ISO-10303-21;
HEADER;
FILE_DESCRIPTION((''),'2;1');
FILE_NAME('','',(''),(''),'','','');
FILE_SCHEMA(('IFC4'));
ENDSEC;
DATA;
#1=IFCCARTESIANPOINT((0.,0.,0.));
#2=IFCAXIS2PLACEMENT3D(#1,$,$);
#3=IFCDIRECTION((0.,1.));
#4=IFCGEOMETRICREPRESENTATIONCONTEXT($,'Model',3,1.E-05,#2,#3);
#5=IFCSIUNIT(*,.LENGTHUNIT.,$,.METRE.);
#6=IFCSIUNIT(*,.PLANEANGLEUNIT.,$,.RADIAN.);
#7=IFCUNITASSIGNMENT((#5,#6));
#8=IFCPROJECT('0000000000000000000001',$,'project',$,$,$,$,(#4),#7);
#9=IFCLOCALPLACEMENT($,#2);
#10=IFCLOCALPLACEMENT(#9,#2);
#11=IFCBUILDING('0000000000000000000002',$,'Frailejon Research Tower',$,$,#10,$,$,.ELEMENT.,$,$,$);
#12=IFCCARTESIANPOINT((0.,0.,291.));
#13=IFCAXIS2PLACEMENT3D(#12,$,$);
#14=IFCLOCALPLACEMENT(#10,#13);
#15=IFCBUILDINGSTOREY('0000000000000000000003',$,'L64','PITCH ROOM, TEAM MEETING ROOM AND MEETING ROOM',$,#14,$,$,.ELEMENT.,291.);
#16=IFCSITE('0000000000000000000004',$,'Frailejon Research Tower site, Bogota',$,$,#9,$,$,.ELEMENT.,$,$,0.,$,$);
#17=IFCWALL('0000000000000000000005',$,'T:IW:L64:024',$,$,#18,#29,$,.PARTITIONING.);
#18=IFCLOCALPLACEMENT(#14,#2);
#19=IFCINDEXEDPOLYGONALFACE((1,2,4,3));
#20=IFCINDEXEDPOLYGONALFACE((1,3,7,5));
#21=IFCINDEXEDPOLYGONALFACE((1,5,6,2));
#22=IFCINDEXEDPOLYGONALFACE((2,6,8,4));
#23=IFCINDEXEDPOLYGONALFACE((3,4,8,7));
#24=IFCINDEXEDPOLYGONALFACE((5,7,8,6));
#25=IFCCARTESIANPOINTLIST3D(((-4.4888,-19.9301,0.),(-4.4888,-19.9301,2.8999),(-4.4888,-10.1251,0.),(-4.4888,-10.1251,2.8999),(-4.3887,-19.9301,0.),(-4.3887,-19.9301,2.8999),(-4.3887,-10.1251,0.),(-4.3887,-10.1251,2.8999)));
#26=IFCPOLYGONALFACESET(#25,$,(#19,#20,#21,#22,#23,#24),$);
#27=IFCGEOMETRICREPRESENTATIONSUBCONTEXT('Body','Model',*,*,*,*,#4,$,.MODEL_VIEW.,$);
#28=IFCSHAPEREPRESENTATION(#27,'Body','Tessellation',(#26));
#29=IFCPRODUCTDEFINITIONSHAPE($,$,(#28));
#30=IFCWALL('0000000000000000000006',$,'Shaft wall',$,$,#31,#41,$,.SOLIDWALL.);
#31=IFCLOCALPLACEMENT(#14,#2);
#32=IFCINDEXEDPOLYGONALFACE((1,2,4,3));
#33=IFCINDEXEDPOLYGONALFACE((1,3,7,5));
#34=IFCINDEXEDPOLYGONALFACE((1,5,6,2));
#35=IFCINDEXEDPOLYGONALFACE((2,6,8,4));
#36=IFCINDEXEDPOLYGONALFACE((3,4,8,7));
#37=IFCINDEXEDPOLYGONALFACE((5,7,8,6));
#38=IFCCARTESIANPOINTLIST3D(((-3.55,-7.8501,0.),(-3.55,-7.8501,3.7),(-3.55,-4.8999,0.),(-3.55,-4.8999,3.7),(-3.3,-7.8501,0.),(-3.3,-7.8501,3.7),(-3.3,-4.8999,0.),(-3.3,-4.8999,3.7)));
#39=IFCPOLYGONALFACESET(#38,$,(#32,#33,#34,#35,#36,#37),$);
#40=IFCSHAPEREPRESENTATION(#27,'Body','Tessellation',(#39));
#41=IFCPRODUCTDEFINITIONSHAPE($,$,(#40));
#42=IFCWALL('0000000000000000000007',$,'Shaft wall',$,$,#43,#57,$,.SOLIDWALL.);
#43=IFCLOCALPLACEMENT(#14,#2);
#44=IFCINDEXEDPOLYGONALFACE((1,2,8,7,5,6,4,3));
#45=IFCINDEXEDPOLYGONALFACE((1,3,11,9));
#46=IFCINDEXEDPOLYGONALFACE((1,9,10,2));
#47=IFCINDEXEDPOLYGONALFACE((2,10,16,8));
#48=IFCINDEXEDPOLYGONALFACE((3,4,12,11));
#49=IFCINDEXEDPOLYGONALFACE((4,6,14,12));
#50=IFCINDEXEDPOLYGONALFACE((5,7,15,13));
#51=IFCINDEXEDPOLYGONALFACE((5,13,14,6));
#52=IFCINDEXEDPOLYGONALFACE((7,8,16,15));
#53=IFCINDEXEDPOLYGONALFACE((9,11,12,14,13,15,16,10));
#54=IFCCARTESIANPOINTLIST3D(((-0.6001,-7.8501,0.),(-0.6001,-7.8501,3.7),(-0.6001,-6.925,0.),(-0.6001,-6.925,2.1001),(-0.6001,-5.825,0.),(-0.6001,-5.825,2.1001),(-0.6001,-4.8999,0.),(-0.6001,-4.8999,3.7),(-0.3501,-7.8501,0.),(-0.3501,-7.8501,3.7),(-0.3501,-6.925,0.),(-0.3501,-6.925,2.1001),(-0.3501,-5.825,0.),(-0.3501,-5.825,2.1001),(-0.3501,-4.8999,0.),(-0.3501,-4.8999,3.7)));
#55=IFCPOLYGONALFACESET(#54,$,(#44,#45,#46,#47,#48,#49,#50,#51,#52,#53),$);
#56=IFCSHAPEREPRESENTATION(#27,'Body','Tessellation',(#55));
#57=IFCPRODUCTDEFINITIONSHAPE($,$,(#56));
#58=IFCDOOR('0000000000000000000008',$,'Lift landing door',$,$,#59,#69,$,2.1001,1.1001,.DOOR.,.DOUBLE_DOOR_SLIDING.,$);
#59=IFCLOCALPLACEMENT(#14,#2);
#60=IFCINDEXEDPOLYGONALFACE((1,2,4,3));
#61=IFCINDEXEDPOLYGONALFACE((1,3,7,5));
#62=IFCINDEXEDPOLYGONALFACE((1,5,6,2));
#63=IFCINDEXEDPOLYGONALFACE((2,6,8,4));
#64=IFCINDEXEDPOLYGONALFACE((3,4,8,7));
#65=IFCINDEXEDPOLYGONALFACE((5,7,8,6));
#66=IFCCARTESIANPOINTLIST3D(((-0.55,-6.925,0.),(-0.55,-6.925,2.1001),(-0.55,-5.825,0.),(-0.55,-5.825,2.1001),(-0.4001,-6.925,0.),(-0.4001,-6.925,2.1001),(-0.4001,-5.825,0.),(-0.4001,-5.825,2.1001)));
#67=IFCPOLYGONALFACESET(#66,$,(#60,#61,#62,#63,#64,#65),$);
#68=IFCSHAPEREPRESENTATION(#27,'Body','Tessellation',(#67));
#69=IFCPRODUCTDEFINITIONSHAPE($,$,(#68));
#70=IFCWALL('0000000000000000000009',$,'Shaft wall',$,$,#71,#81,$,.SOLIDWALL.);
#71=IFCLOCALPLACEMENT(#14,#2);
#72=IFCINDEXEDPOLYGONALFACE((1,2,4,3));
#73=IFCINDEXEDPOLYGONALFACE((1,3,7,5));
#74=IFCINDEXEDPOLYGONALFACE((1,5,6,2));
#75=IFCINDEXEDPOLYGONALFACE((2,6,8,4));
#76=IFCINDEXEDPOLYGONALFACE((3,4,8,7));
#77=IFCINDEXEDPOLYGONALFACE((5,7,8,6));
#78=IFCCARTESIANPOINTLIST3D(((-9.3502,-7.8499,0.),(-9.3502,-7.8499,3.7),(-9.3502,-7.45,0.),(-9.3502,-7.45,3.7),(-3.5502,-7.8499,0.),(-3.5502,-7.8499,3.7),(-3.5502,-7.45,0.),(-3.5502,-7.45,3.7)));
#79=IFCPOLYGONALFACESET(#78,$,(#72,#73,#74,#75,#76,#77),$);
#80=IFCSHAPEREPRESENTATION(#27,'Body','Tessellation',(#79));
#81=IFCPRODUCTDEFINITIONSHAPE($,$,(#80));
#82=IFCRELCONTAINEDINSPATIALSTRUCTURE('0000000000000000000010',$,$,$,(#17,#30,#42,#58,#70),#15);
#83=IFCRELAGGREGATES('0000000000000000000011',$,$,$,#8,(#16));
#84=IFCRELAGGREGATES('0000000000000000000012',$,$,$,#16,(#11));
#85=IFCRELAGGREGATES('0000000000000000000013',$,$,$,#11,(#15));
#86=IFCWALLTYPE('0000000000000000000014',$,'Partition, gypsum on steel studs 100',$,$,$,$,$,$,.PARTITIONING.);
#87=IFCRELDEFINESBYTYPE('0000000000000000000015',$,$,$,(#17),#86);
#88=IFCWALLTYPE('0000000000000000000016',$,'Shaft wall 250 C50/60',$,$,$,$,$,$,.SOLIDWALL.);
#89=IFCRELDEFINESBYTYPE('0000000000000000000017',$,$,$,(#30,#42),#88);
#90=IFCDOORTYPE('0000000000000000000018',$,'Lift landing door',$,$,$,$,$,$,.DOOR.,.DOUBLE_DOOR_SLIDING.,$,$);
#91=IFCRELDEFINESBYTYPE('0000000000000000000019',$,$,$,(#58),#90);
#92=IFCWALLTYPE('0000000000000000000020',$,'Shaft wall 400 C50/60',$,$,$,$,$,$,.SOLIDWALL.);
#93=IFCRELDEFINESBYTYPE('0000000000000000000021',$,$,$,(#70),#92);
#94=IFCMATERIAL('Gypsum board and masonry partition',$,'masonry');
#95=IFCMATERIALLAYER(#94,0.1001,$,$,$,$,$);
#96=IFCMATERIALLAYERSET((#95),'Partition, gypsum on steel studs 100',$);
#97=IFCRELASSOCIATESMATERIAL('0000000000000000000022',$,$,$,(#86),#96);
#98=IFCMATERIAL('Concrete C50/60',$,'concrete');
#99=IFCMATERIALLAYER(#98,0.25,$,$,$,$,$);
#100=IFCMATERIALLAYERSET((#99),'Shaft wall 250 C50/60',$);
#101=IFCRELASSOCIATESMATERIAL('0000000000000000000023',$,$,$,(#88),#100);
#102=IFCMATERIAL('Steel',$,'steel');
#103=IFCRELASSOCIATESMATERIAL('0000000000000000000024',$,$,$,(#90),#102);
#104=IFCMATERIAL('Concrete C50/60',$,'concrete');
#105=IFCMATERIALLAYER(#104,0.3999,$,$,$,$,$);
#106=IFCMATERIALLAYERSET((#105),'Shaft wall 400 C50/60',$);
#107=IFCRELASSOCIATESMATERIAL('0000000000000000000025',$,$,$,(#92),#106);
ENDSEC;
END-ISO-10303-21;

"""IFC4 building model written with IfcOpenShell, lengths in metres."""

from ifc_helpers import new_model, si_unit, direction, frame, frame_2d, origin, place, context, subcontext, project, spatial, rectangle, extrude, material, layer, layer_set, type_object, element, fill, save


model = new_model("IFC4")

# Units and contexts
model_context = context("Model", 3, precision=1e-05, world=origin(), true_north=direction((0.0, 1.0)))
body_context = subcontext(model_context, "Body", "Model", "MODEL_VIEW")
ifc_project = project(units=[si_unit("LENGTHUNIT", "METRE"), si_unit("PLANEANGLEUNIT", "RADIAN")], contexts=[model_context])

# Site, building, storey
site_placement = place(None, origin())
site = spatial("IfcSite", under=ifc_project, at=site_placement, Name="Frailejon Research Tower site, Bogota", CompositionType="ELEMENT", RefElevation=0.0)
building_placement = place(site_placement, origin())
building = spatial("IfcBuilding", under=site, at=building_placement, Name="Frailejon Research Tower", CompositionType="ELEMENT")
storey_placement = place(building_placement, frame((0.0, 0.0, 291.0)))
storey = spatial("IfcBuildingStorey", under=building, at=storey_placement, Name="L64", Description="PITCH ROOM, TEAM MEETING ROOM AND MEETING ROOM", CompositionType="ELEMENT", Elevation=291.0)

# Walls
ifc_material_1 = material(Name="Gypsum board and masonry partition", Category="masonry")
ifc_layer_1 = layer(ifc_material_1, 0.1001)
ifc_layer_set_1 = layer_set([ifc_layer_1], Name="Partition, gypsum on steel studs 100")
wall_type_1 = type_object("IfcWallType", Name="Partition, gypsum on steel studs 100", PredefinedType="PARTITIONING", material=ifc_layer_set_1)
wall_1_placement = place(storey_placement, frame((-4.4387, -19.9299, 0.0), z_axis=(0.0, 0.0, 1.0), x_axis=(0.0, 1.0, 0.0)))
element("IfcWall", 1, at=wall_1_placement, inside=storey, type_object=wall_type_1, Name="T:IW:L64:024", PredefinedType="PARTITIONING", context=body_context, shape_type="SweptSolid", body=[
    extrude(rectangle(XDim=9.8049, YDim=0.1001, at=frame_2d((4.9023, 0.0))), origin(), (0.0, 0.0, 1.0), 2.8999),
])
ifc_material_2 = material(Name="Concrete C50/60", Category="concrete")
ifc_layer_2 = layer(ifc_material_2, 0.25)
ifc_layer_set_2 = layer_set([ifc_layer_2], Name="Shaft wall 250 C50/60")
wall_type_2 = type_object("IfcWallType", Name="Shaft wall 250 C50/60", PredefinedType="SOLIDWALL", material=ifc_layer_set_2)
wall_2_placement = place(storey_placement, frame((-3.425, -7.8501, 0.0), z_axis=(0.0, 0.0, 1.0), x_axis=(0.0, 1.0, 0.0)))
element("IfcWall", 2, at=wall_2_placement, inside=storey, type_object=wall_type_2, Name="Shaft wall", PredefinedType="SOLIDWALL", context=body_context, shape_type="SweptSolid", body=[
    extrude(rectangle(XDim=2.9502, YDim=0.25, at=frame_2d((1.4751, 0.0))), origin(), (0.0, 0.0, 1.0), 3.7),
])

# Wall, opening, door
wall_3_placement = place(storey_placement, frame((-0.4751, -7.8501, 0.0), z_axis=(0.0, 0.0, 1.0), x_axis=(0.0, 1.0, 0.0)))
wall_3 = element("IfcWall", 3, at=wall_3_placement, inside=storey, type_object=wall_type_2, Name="Shaft wall", PredefinedType="SOLIDWALL", context=body_context, shape_type="SweptSolid", body=[
    extrude(rectangle(XDim=2.9502, YDim=0.25, at=frame_2d((1.4751, 0.0))), origin(), (0.0, 0.0, 1.0), 3.7),
])
opening_1_placement = place(wall_3_placement, frame((0.925, 0.0, 0.0)))
opening_1 = element("IfcOpeningElement", 4, at=opening_1_placement, cuts=wall_3, PredefinedType="OPENING", context=body_context, shape_type="SweptSolid", body=[
    extrude(rectangle(XDim=1.1001, YDim=2.1001, at=frame_2d((0.55, 1.05))), frame((0.0, 0.135, 0.0), z_axis=(0.0, -1.0, 0.0), x_axis=(1.0, 0.0, 0.0)), (0.0, 0.0, 1.0), 0.27),
])
ifc_material_3 = material(Name="Steel", Category="steel")
door_type_1 = type_object("IfcDoorType", Name="Lift landing door", OperationType="DOUBLE_DOOR_SLIDING", PredefinedType="DOOR", material=ifc_material_3)
door_1_placement = place(opening_1_placement, origin())
door_1 = element("IfcDoor", 5, at=door_1_placement, inside=storey, type_object=door_type_1, Name="Lift landing door", OperationType="DOUBLE_DOOR_SLIDING", OverallHeight=2.1001, OverallWidth=1.1001, PredefinedType="DOOR", context=body_context, shape_type="SweptSolid", body=[
    extrude(rectangle(XDim=1.1001, YDim=2.1001, at=frame_2d((0.55, 1.05))), frame((0.0, 0.075, 0.0), z_axis=(0.0, -1.0, 0.0), x_axis=(1.0, 0.0, 0.0)), (0.0, 0.0, 1.0), 0.1499),
])
fill(opening_1, door_1)

# Wall
ifc_material_4 = material(Name="Concrete C50/60", Category="concrete")
ifc_layer_3 = layer(ifc_material_4, 0.3999)
ifc_layer_set_3 = layer_set([ifc_layer_3], Name="Shaft wall 400 C50/60")
wall_type_3 = type_object("IfcWallType", Name="Shaft wall 400 C50/60", PredefinedType="SOLIDWALL", material=ifc_layer_set_3)
wall_4_placement = place(storey_placement, frame((-9.3501, -7.6499, 0.0), z_axis=(0.0, 0.0, 1.0), x_axis=(1.0, 0.0, 0.0)))
element("IfcWall", 6, at=wall_4_placement, inside=storey, type_object=wall_type_3, Name="Shaft wall", PredefinedType="SOLIDWALL", context=body_context, shape_type="SweptSolid", body=[
    extrude(rectangle(XDim=5.8, YDim=0.3999, at=frame_2d((2.8999, 0.0))), origin(), (0.0, 0.0, 1.0), 3.7),
])

save(model, "model.ifc")
